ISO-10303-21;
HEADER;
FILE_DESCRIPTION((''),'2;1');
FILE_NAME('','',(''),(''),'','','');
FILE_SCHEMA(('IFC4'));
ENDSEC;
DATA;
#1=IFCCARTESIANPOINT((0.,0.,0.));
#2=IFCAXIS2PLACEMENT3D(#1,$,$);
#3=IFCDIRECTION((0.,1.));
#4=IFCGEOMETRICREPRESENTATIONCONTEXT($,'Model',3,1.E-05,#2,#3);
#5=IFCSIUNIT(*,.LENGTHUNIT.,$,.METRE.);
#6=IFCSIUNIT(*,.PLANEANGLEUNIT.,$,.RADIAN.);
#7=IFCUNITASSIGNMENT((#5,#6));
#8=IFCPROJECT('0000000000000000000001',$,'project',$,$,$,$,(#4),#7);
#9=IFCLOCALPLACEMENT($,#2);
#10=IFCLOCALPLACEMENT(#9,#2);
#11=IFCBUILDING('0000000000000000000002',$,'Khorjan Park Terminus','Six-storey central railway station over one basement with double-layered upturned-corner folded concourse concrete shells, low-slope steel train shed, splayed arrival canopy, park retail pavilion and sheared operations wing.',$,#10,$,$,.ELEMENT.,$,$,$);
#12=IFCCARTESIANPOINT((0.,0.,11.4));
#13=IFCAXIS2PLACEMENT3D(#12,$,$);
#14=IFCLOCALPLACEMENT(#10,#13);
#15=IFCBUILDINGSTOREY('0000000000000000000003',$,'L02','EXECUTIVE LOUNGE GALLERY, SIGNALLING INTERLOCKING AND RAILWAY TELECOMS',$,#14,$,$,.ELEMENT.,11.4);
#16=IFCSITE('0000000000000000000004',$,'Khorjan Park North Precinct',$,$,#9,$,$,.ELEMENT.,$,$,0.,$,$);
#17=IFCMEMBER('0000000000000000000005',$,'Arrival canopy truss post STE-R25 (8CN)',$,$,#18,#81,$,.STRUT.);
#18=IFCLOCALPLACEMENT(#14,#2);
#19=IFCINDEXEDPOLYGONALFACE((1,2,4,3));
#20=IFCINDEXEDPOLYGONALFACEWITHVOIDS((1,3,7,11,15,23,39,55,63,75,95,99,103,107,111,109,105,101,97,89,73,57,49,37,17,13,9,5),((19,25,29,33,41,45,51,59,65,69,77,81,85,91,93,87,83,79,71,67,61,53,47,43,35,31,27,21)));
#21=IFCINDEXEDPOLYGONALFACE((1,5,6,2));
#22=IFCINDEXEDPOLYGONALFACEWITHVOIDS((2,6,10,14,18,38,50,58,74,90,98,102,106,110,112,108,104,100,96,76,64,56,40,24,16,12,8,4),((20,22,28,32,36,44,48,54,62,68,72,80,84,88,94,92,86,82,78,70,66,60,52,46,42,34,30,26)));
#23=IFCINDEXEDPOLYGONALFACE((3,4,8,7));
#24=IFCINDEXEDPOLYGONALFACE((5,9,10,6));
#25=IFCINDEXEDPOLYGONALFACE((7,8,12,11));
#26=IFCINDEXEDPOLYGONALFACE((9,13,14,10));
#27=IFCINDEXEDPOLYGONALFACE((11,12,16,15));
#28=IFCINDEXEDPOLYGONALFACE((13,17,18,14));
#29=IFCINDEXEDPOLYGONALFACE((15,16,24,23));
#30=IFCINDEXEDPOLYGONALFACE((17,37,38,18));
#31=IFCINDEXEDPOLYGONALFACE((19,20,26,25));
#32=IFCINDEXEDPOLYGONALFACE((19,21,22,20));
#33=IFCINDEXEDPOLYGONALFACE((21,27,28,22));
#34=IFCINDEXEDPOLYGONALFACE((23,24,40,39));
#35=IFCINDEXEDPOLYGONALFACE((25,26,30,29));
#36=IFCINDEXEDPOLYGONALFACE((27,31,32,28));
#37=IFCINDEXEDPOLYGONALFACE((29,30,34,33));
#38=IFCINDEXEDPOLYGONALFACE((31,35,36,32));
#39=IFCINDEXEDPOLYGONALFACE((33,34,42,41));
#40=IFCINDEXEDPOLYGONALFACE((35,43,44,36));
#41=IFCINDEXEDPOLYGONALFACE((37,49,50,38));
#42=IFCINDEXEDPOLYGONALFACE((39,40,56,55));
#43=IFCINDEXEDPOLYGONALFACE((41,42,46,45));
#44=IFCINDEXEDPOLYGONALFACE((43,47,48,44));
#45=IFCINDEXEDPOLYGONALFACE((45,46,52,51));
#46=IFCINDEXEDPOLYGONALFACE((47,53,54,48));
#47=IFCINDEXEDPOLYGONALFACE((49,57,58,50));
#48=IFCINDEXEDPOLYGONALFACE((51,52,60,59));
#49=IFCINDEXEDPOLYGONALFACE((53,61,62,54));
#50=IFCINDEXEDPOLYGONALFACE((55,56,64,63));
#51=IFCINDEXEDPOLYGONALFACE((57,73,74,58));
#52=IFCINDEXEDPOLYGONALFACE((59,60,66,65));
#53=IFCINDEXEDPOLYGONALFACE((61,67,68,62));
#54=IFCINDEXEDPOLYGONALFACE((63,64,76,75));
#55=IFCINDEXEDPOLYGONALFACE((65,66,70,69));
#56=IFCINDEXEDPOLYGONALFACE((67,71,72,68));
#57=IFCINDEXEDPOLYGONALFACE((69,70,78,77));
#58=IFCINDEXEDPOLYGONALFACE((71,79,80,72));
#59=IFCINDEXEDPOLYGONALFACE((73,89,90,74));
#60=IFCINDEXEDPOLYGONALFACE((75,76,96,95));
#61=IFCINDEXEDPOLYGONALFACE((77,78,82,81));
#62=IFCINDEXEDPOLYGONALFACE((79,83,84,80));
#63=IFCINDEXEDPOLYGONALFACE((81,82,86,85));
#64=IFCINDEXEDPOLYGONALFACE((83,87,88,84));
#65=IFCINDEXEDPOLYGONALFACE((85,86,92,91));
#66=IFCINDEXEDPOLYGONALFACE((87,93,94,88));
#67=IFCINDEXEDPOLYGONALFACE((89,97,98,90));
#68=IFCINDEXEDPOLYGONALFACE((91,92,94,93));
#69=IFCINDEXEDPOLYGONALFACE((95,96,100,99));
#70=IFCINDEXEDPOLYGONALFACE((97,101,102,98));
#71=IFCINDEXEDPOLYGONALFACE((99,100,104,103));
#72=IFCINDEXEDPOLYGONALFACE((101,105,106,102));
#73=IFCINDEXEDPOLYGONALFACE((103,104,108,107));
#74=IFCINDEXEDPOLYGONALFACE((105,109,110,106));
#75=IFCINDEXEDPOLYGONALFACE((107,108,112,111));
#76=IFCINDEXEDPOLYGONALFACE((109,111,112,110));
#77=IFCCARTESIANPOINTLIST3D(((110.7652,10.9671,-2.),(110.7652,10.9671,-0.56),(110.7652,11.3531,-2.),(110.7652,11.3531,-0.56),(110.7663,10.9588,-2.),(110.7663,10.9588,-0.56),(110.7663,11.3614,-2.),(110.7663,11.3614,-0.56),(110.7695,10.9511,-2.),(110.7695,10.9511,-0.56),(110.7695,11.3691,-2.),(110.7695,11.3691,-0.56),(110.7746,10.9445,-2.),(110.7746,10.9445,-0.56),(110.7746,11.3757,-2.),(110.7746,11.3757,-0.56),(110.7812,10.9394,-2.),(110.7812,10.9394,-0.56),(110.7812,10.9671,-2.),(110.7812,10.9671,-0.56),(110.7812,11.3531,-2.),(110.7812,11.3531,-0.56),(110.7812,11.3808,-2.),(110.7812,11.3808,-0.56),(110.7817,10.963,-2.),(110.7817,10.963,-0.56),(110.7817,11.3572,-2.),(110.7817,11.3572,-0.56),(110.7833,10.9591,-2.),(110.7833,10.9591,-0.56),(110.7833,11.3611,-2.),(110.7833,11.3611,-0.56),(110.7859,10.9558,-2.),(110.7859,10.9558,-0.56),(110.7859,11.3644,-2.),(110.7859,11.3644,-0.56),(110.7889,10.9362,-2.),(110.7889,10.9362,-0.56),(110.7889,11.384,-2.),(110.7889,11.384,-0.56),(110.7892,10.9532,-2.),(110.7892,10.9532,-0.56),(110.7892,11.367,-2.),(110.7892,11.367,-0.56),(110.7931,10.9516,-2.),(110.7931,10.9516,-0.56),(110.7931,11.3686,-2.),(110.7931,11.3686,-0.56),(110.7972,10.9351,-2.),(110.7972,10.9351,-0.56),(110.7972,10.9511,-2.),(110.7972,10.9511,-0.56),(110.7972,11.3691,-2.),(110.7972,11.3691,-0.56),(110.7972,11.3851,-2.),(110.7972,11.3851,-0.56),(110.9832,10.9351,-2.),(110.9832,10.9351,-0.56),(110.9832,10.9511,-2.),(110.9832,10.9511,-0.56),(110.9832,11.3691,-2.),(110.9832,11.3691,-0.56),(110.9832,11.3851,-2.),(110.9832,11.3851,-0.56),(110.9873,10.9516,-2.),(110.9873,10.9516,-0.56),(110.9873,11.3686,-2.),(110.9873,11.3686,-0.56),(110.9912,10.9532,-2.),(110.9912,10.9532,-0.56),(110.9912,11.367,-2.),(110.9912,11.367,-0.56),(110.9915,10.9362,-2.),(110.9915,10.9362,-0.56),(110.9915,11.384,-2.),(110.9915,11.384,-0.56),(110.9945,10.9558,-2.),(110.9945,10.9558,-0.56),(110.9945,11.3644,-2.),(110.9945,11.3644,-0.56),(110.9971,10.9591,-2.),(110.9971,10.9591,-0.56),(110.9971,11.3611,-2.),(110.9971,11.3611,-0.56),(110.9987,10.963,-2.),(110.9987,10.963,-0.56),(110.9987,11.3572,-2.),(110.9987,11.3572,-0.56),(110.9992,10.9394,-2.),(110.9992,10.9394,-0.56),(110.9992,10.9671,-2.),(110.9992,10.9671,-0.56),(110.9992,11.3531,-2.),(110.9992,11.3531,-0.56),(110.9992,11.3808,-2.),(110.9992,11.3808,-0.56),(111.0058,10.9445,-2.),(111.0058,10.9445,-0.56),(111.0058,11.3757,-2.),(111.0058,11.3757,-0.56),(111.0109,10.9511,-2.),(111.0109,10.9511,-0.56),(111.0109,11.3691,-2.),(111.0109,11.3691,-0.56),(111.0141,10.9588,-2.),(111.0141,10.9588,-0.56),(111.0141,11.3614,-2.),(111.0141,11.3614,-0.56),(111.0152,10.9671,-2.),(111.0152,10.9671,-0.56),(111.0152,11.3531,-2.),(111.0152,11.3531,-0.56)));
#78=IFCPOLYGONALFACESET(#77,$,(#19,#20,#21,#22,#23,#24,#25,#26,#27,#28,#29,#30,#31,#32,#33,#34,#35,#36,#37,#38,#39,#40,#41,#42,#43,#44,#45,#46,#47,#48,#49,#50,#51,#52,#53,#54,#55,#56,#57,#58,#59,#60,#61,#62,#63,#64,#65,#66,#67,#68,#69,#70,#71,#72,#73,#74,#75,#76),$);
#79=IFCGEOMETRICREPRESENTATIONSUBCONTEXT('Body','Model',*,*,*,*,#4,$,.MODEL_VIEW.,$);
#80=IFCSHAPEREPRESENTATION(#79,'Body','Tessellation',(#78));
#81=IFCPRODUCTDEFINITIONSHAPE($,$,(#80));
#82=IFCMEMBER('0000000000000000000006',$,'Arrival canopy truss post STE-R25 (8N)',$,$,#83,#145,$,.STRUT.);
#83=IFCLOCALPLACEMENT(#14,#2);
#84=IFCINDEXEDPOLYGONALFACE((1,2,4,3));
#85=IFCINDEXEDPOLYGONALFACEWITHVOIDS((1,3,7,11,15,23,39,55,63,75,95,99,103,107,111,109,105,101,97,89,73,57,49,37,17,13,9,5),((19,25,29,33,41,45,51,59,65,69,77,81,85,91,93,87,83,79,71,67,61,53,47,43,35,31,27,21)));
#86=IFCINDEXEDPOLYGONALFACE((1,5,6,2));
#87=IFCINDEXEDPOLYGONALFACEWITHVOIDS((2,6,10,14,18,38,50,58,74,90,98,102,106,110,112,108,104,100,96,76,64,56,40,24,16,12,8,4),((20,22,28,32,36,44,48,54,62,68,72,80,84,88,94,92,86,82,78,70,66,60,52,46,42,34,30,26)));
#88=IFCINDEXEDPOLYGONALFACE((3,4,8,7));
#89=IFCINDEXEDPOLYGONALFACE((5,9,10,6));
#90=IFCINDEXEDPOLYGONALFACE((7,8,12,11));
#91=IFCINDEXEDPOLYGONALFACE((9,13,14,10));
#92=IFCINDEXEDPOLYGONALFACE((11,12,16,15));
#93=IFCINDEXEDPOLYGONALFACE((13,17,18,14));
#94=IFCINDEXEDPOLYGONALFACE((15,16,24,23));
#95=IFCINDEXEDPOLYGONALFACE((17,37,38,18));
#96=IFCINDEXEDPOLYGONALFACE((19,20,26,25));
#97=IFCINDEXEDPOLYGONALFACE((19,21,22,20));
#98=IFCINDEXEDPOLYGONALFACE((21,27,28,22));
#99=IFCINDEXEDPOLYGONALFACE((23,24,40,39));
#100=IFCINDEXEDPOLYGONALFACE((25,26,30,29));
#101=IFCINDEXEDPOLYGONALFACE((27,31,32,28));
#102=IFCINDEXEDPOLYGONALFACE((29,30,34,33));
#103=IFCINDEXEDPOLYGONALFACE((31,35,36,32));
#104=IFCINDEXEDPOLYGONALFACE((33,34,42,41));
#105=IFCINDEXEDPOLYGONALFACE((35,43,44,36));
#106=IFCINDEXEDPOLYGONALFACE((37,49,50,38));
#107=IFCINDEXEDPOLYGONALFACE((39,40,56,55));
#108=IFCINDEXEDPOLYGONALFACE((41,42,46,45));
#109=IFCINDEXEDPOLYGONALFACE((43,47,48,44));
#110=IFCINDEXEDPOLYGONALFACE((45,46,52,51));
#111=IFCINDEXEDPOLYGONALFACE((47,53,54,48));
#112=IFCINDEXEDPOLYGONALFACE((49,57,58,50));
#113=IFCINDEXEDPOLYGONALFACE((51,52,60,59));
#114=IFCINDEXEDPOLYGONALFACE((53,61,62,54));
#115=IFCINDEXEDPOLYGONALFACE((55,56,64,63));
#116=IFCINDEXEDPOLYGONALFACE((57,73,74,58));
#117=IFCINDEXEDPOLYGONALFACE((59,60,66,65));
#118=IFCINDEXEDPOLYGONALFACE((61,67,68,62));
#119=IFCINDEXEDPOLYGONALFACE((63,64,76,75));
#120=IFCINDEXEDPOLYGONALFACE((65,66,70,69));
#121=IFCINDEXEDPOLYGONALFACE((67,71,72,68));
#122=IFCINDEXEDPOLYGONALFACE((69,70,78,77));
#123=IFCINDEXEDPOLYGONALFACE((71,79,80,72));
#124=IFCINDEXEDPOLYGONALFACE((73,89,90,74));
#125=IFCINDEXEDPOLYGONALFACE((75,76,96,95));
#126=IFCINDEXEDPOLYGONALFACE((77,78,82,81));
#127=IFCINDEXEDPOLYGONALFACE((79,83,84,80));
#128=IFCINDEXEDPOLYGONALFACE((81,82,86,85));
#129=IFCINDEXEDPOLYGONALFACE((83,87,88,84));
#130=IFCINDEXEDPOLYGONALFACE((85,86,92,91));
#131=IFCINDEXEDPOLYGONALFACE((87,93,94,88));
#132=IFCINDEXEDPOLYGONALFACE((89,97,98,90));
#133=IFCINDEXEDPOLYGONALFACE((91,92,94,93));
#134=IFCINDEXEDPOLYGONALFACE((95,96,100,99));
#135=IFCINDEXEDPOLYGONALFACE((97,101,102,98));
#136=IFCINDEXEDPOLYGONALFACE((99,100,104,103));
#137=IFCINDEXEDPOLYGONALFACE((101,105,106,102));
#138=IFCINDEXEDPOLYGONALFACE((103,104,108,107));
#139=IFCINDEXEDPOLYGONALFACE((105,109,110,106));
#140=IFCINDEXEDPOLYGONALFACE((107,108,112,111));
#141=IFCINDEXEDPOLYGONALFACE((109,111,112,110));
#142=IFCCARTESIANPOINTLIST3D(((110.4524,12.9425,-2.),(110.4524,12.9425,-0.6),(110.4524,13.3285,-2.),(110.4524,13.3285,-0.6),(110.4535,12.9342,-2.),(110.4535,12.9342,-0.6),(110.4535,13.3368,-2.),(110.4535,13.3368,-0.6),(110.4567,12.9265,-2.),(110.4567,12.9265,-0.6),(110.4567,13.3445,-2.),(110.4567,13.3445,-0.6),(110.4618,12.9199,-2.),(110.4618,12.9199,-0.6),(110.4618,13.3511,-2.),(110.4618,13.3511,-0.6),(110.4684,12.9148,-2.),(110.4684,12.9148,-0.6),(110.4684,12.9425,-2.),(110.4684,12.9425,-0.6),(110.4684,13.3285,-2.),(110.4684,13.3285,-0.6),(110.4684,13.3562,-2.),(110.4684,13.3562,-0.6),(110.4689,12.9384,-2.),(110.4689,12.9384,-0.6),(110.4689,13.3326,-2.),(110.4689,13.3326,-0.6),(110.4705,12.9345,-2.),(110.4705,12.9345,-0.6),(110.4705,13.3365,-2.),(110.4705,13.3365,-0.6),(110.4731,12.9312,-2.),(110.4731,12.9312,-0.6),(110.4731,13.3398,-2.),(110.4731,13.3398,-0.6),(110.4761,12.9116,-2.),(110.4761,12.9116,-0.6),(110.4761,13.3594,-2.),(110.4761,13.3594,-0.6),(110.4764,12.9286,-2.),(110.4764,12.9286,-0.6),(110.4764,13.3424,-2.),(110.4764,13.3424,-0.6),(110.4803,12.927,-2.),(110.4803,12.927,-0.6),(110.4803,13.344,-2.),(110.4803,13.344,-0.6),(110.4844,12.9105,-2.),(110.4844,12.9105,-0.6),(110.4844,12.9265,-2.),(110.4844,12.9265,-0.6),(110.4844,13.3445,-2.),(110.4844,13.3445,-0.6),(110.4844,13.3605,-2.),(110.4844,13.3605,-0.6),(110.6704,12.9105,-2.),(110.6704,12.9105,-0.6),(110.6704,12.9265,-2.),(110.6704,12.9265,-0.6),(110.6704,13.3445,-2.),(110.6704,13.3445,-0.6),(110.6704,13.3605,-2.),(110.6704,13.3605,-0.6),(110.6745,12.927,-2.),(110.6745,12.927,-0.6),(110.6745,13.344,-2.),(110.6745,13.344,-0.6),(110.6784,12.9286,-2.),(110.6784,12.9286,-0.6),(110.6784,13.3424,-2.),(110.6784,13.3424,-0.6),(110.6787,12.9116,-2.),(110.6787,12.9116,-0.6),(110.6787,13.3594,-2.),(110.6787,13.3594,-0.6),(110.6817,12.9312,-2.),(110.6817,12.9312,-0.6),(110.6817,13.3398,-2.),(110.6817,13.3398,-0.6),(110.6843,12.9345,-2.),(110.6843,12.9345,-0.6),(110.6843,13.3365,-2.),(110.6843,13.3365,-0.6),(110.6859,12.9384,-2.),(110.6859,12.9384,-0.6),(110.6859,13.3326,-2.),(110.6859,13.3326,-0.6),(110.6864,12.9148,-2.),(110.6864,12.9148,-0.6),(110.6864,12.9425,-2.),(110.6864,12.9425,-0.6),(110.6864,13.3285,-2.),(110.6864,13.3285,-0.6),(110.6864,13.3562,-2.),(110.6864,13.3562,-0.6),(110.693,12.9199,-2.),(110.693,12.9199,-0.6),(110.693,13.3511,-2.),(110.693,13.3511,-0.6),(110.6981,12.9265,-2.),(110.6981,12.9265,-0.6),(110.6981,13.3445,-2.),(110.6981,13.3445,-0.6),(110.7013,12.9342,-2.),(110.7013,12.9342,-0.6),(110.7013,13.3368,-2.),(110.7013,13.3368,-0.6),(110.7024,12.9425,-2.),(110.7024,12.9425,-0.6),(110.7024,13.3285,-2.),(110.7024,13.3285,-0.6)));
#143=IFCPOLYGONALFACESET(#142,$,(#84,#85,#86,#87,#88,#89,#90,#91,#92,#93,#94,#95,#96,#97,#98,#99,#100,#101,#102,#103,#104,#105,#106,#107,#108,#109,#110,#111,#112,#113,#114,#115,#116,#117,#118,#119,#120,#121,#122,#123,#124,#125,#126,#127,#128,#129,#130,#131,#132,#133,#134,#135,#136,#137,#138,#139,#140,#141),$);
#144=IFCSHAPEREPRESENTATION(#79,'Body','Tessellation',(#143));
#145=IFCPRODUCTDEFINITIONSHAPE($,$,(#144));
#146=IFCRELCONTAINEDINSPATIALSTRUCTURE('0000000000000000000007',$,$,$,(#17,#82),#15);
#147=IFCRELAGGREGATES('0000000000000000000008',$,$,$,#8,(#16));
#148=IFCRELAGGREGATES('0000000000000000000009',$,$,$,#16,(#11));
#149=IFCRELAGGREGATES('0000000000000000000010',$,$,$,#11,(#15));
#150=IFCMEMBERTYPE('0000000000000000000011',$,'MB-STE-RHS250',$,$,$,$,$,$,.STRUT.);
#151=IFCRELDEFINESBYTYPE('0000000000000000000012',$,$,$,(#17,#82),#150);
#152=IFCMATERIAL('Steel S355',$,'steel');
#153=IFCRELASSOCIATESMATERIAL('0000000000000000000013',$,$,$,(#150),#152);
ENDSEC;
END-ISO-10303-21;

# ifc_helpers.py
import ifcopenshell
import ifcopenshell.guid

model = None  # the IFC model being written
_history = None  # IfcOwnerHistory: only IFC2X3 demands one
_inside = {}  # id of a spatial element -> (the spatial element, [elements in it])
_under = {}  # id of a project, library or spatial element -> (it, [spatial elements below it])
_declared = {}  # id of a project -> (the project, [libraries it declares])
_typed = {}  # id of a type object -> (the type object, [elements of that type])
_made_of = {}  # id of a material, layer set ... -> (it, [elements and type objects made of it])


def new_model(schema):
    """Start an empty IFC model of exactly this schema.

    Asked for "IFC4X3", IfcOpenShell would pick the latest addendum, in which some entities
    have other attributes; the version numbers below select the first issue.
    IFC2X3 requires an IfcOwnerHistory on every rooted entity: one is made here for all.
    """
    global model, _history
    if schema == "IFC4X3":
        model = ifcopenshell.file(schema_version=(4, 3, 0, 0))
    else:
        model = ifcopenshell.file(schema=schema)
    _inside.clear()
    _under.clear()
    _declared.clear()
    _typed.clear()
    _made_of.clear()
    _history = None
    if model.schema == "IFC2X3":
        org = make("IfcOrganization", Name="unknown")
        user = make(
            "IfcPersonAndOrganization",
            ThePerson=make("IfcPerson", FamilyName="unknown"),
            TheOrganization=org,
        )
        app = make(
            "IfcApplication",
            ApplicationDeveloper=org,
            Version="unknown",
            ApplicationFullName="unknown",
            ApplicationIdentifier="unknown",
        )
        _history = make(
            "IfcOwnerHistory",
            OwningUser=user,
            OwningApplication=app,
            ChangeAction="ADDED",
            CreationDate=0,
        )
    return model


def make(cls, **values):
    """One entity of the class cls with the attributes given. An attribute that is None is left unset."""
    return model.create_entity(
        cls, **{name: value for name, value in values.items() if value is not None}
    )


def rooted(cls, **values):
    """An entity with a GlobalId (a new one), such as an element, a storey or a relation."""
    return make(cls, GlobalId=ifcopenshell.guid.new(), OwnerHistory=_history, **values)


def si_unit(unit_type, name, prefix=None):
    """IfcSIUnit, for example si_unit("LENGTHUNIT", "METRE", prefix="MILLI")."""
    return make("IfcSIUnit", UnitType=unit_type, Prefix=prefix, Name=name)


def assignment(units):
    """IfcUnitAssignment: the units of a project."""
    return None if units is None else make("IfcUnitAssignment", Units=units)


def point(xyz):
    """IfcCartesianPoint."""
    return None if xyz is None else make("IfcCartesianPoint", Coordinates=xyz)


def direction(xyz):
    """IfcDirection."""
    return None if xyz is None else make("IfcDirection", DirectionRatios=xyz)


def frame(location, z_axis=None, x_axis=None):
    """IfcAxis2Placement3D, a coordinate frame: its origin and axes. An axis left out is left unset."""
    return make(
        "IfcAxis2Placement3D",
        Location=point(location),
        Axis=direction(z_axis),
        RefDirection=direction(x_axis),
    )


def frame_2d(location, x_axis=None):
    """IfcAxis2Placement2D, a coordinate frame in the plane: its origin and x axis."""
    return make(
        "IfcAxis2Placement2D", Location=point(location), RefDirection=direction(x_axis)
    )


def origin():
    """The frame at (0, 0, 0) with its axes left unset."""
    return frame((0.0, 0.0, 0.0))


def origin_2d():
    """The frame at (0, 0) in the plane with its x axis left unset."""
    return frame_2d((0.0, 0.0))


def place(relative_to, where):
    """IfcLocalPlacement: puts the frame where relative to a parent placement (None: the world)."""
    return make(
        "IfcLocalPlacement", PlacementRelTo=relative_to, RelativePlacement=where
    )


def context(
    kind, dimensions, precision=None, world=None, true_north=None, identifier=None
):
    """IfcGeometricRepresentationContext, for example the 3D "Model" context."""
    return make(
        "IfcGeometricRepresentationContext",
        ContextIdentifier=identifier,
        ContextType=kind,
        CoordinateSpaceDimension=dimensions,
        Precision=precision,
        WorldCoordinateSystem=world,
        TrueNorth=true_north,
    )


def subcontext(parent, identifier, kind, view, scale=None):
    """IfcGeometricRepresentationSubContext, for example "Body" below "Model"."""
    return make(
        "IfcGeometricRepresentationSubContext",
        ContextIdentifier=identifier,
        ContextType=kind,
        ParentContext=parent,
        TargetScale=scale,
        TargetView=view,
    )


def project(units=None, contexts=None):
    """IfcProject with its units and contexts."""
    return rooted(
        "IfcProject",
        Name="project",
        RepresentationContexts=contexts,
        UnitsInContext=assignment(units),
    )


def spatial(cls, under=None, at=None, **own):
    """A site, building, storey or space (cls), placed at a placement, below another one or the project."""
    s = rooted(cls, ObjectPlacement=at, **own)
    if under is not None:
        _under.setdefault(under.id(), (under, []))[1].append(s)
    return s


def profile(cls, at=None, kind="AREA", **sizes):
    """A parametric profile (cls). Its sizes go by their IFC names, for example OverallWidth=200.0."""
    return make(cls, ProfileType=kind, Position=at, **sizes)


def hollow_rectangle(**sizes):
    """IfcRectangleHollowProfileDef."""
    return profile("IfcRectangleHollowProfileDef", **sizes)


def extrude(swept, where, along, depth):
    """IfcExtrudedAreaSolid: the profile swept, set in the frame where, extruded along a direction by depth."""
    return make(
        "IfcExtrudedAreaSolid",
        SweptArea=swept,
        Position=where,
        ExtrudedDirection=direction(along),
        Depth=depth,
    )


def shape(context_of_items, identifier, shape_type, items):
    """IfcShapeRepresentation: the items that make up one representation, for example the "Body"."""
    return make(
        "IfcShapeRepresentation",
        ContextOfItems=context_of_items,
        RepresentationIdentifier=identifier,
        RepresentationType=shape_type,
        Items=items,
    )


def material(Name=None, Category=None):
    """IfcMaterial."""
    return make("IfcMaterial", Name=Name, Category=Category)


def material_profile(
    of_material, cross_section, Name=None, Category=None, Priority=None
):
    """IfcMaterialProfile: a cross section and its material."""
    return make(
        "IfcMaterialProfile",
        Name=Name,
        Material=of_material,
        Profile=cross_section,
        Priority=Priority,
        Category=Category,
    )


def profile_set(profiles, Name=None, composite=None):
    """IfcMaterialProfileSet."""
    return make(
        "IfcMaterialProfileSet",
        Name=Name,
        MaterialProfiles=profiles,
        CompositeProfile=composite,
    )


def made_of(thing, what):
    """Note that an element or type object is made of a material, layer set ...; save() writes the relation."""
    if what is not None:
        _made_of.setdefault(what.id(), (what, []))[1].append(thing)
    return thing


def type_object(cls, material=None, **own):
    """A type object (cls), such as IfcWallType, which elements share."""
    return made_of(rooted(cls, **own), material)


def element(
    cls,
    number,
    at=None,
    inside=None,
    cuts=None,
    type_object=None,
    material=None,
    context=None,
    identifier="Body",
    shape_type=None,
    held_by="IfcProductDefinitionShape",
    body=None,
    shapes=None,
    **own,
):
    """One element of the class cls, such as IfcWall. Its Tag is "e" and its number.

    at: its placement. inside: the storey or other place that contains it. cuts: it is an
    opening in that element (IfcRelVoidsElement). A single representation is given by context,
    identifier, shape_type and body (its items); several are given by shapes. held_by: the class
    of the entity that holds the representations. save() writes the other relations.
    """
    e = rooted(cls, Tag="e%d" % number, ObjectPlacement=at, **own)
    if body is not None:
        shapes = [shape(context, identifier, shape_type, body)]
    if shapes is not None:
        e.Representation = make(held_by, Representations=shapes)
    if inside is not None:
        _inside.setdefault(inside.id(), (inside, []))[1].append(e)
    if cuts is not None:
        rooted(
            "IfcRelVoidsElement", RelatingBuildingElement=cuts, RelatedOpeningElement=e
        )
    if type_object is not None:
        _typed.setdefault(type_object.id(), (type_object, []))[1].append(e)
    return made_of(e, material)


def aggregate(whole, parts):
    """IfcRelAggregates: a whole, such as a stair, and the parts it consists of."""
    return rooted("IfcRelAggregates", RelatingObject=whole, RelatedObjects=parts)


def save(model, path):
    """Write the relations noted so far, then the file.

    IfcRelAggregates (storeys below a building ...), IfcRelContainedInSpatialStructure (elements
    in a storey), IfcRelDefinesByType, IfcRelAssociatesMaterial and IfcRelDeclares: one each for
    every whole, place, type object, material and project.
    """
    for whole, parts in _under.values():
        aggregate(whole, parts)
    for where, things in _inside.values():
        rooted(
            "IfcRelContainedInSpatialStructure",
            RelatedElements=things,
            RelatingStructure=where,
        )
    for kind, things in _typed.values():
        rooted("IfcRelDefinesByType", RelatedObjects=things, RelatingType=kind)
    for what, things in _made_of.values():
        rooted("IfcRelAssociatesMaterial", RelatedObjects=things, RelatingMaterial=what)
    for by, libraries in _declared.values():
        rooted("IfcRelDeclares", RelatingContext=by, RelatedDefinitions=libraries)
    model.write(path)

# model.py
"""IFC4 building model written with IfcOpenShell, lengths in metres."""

from ifc_helpers import new_model, si_unit, direction, frame, origin, origin_2d, place, context, subcontext, project, spatial, hollow_rectangle, extrude, material, material_profile, profile_set, type_object, element, save


model = new_model("IFC4")

# Units and contexts
model_context = context("Model", 3, precision=1e-05, world=origin(), true_north=direction((0.0, 1.0)))
body_context = subcontext(model_context, "Body", "Model", "MODEL_VIEW")
ifc_project = project(units=[si_unit("LENGTHUNIT", "METRE"), si_unit("PLANEANGLEUNIT", "RADIAN")], contexts=[model_context])

# Site, building, storey
site_placement = place(None, origin())
site = spatial("IfcSite", under=ifc_project, at=site_placement, Name="Khorjan Park North Precinct", CompositionType="ELEMENT", RefElevation=0.0)
building_placement = place(site_placement, origin())
building = spatial("IfcBuilding", under=site, at=building_placement, Name="Khorjan Park Terminus", Description="Six-storey central railway station over one basement with double-layered upturned-corner folded concourse concrete shells, low-slope steel train shed, splayed arrival canopy, park retail pavilion and sheared operations wing.", CompositionType="ELEMENT")
storey_placement = place(building_placement, frame((0.0, 0.0, 11.4)))
storey = spatial("IfcBuildingStorey", under=building, at=storey_placement, Name="L02", Description="EXECUTIVE LOUNGE GALLERY, SIGNALLING INTERLOCKING AND RAILWAY TELECOMS", CompositionType="ELEMENT", Elevation=11.4)

# Members
ifc_material_1 = material(Name="Steel S355", Category="steel")
ifc_material_profile_1 = material_profile(ifc_material_1, hollow_rectangle(XDim=0.25, YDim=0.45, WallThickness=0.016, InnerFilletRadius=0.016, OuterFilletRadius=0.032, at=origin_2d()), Name="RHS 450x250x16")
ifc_profile_set_1 = profile_set([ifc_material_profile_1], Name="Steel S355")
member_type_1 = type_object("IfcMemberType", Name="MB-STE-RHS250", PredefinedType="STRUT", material=ifc_profile_set_1)
member_1_placement = place(storey_placement, frame((110.8902, 11.1601, -2.0), z_axis=(0.0, 0.0, 1.0), x_axis=(1.0, 0.0, 0.0)))
element("IfcMember", 1, at=member_1_placement, inside=storey, type_object=member_type_1, Name="Arrival canopy truss post STE-R25 (8CN)", PredefinedType="STRUT", context=body_context, shape_type="SweptSolid", body=[
    extrude(hollow_rectangle(XDim=0.25, YDim=0.45, WallThickness=0.016, InnerFilletRadius=0.016, OuterFilletRadius=0.032, at=origin_2d()), origin(), (0.0, 0.0, 1.0), 1.44),
])
for number, where, z_axis, x_axis, name in (
    (2, (110.5774, 13.1355, -2.0), (0.0, 0.0, 1.0), (1.0, 0.0, 0.0), "Arrival canopy truss post STE-R25 (8N)"),
):
    element("IfcMember", number, at=place(storey_placement, frame(where, z_axis=z_axis, x_axis=x_axis)), inside=storey, type_object=member_type_1, Name=name, PredefinedType="STRUT", context=body_context, shape_type="SweptSolid", body=[
        extrude(hollow_rectangle(XDim=0.25, YDim=0.45, WallThickness=0.016, InnerFilletRadius=0.016, OuterFilletRadius=0.032, at=origin_2d()), origin(), (0.0, 0.0, 1.0), 1.4),
    ])

save(model, "model.ifc")
